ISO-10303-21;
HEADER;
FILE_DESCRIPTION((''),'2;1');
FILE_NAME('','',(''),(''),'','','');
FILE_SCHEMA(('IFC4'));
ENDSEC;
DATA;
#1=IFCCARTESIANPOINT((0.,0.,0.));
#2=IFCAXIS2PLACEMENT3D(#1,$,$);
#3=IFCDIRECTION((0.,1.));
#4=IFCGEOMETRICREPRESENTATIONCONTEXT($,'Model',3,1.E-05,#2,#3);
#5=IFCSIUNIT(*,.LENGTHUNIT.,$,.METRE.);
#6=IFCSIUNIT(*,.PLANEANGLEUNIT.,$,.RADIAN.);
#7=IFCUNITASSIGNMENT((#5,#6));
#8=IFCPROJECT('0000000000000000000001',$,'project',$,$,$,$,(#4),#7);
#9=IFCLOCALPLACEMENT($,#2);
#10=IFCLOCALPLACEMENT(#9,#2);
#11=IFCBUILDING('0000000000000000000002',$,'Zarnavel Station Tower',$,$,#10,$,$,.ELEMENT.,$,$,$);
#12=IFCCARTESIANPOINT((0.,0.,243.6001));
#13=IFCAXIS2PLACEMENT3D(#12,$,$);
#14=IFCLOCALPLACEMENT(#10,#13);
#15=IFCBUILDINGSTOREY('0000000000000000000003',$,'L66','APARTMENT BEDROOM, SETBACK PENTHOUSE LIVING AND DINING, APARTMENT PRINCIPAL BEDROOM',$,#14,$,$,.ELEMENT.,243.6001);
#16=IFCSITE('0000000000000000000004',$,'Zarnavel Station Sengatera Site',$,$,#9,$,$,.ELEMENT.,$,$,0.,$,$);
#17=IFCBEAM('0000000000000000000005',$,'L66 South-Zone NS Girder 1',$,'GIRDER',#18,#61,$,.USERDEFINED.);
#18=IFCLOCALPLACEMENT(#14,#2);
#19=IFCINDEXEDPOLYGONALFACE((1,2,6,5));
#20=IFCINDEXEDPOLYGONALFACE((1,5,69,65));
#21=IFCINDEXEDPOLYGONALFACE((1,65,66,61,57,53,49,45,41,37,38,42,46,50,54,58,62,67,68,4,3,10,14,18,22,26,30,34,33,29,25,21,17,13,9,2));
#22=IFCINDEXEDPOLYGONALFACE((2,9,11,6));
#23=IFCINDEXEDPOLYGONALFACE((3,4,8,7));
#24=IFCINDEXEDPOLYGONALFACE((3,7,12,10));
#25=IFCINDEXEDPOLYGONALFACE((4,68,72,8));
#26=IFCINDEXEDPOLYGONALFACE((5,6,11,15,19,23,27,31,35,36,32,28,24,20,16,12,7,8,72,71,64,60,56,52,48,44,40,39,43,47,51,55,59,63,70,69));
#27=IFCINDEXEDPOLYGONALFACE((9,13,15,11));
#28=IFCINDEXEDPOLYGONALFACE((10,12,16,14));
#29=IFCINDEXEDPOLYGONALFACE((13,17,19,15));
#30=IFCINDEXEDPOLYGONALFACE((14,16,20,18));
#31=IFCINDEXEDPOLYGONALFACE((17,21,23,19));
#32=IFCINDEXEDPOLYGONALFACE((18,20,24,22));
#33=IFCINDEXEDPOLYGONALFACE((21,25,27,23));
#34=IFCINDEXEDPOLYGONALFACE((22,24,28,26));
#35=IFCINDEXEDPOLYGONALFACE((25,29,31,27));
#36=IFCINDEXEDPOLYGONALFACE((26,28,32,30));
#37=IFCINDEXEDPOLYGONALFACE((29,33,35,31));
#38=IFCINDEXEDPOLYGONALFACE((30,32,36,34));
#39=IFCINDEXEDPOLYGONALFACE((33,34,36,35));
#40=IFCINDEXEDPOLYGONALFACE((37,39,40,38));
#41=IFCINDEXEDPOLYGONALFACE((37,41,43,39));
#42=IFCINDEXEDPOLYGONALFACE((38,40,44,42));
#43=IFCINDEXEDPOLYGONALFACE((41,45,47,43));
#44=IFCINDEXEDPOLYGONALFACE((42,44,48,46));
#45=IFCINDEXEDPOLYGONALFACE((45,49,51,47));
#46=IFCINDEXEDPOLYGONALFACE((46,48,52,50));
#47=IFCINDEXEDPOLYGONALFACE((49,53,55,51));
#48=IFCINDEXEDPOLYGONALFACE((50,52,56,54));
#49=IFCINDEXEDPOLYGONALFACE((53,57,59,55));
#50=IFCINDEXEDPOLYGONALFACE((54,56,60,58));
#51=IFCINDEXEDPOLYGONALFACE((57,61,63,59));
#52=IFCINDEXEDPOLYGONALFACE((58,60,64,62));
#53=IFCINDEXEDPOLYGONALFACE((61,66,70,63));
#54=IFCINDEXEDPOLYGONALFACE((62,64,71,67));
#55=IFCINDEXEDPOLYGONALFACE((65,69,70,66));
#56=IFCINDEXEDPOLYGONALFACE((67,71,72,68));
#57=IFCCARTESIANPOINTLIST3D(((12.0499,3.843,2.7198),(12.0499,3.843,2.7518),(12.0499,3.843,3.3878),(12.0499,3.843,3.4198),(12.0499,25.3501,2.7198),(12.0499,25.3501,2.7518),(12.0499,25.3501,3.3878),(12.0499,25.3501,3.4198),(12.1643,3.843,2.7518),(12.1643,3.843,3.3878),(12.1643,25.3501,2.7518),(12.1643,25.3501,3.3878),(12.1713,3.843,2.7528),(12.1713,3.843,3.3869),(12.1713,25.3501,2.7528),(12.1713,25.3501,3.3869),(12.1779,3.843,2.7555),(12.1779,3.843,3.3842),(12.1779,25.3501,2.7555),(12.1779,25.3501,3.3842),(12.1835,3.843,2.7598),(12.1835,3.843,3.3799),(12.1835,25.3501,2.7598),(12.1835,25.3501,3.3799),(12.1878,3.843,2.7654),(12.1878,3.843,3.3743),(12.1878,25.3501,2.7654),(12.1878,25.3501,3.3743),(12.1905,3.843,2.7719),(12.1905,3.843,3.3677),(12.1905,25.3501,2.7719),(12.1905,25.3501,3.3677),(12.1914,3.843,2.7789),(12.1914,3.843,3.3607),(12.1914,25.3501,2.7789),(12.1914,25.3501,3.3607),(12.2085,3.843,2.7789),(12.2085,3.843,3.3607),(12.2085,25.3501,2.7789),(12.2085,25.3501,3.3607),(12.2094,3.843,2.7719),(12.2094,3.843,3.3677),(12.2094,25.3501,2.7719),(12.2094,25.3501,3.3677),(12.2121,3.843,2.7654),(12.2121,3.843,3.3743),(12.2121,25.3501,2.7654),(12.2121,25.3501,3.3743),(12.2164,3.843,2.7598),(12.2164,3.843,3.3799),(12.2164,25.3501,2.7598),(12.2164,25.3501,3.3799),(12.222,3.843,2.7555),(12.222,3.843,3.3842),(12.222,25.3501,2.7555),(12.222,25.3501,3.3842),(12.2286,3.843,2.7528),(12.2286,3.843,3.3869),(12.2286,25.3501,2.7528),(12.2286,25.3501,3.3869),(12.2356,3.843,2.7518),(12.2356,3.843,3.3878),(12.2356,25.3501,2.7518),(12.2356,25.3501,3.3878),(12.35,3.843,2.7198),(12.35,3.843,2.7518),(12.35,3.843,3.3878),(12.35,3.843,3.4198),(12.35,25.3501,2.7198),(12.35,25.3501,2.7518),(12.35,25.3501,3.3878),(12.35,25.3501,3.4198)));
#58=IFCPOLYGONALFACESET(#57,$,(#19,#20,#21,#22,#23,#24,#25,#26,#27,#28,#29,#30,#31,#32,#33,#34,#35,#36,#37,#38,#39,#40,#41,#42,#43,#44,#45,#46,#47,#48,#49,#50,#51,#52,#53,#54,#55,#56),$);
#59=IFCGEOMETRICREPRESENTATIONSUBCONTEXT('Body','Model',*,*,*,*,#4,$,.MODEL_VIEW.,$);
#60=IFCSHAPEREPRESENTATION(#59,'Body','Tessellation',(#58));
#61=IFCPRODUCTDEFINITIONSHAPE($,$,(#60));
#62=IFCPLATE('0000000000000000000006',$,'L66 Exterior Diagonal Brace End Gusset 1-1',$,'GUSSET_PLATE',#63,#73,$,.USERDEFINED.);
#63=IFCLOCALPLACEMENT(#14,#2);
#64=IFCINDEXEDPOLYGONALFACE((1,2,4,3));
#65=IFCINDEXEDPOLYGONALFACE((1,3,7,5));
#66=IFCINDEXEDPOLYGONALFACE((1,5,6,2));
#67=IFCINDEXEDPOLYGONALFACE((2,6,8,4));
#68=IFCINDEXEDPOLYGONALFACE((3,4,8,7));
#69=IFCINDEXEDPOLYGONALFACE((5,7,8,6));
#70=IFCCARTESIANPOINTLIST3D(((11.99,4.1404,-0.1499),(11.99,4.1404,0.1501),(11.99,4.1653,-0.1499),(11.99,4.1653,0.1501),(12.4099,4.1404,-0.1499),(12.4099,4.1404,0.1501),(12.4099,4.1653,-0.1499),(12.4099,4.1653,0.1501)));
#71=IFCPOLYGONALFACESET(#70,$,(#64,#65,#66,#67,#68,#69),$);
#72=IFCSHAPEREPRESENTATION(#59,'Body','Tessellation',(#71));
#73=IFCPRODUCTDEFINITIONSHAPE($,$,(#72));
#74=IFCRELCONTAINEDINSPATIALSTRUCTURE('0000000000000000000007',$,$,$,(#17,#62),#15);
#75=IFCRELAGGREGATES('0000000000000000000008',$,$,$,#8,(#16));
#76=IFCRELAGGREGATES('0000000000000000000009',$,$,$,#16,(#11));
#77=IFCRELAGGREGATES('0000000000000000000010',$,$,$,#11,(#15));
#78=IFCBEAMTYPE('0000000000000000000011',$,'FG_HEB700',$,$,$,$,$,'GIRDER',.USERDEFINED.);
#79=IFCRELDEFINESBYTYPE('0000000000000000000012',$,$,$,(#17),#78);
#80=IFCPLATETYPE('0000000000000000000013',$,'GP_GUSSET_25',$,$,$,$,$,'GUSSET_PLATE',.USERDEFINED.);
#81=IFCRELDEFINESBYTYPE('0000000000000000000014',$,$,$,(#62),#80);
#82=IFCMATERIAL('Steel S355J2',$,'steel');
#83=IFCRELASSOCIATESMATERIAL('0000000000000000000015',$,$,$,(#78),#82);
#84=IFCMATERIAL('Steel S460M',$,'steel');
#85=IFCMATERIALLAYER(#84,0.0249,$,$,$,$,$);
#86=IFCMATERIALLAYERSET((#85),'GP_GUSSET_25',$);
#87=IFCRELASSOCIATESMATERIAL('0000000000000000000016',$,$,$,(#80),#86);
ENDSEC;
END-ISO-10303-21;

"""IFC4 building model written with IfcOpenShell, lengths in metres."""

from ifc_helpers import new_model, si_unit, direction, frame, origin, origin_2d, place, context, subcontext, project, spatial, rectangle, i_section, extrude, material, layer, layer_set, material_profile, profile_set, type_object, element, save


model = new_model("IFC4")

# Units and contexts
model_context = context("Model", 3, precision=1e-05, world=origin(), true_north=direction((0.0, 1.0)))
body_context = subcontext(model_context, "Body", "Model", "MODEL_VIEW")
ifc_project = project(units=[si_unit("LENGTHUNIT", "METRE"), si_unit("PLANEANGLEUNIT", "RADIAN")], contexts=[model_context])

# Site, building, storey
site_placement = place(None, origin())
site = spatial("IfcSite", under=ifc_project, at=site_placement, Name="Zarnavel Station Sengatera Site", CompositionType="ELEMENT", RefElevation=0.0)
building_placement = place(site_placement, origin())
building = spatial("IfcBuilding", under=site, at=building_placement, Name="Zarnavel Station Tower", CompositionType="ELEMENT")
storey_placement = place(building_placement, frame((0.0, 0.0, 243.6001)))
storey = spatial("IfcBuildingStorey", under=building, at=storey_placement, Name="L66", Description="APARTMENT BEDROOM, SETBACK PENTHOUSE LIVING AND DINING, APARTMENT PRINCIPAL BEDROOM", CompositionType="ELEMENT", Elevation=243.6001)

# Beam
ifc_material_1 = material(Name="Steel S355J2", Category="steel")
ifc_material_profile_1 = material_profile(ifc_material_1, i_section(OverallWidth=0.3, OverallDepth=0.7, WebThickness=0.0171, FlangeThickness=0.032, FilletRadius=0.0271, at=origin_2d()), Name="HEB700")
ifc_profile_set_1 = profile_set([ifc_material_profile_1], Name="Steel S355J2")
beam_type_1 = type_object("IfcBeamType", Name="FG_HEB700", ElementType="GIRDER", PredefinedType="USERDEFINED", material=ifc_profile_set_1)
beam_1_placement = place(storey_placement, frame((12.2, 3.843, 3.0698), z_axis=(0.0, 1.0, 0.0), x_axis=(-1.0, 0.0, 0.0)))
element("IfcBeam", 1, at=beam_1_placement, inside=storey, type_object=beam_type_1, Name="L66 South-Zone NS Girder 1", ObjectType="GIRDER", PredefinedType="USERDEFINED", context=body_context, shape_type="SweptSolid", body=[
    extrude(i_section(OverallWidth=0.3, OverallDepth=0.7, WebThickness=0.0171, FlangeThickness=0.032, FilletRadius=0.0271, at=origin_2d()), origin(), (0.0, 0.0, 1.0), 21.5071),
])

# Plate
ifc_material_2 = material(Name="Steel S460M", Category="steel")
ifc_layer_1 = layer(ifc_material_2, 0.0249)
ifc_layer_set_1 = layer_set([ifc_layer_1], Name="GP_GUSSET_25")
plate_type = type_object("IfcPlateType", Name="GP_GUSSET_25", ElementType="GUSSET_PLATE", PredefinedType="USERDEFINED", material=ifc_layer_set_1)
plate_placement = place(storey_placement, frame((12.2, 4.1528, -0.1499), z_axis=(0.0, 0.0, 1.0), x_axis=(1.0, 0.0, 0.0)))
element("IfcPlate", 2, at=plate_placement, inside=storey, type_object=plate_type, Name="L66 Exterior Diagonal Brace End Gusset 1-1", ObjectType="GUSSET_PLATE", PredefinedType="USERDEFINED", context=body_context, shape_type="SweptSolid", body=[
    extrude(rectangle(XDim=0.4199, YDim=0.0249, at=origin_2d()), origin(), (0.0, 0.0, 1.0), 0.3),
])

save(model, "model.ifc")
